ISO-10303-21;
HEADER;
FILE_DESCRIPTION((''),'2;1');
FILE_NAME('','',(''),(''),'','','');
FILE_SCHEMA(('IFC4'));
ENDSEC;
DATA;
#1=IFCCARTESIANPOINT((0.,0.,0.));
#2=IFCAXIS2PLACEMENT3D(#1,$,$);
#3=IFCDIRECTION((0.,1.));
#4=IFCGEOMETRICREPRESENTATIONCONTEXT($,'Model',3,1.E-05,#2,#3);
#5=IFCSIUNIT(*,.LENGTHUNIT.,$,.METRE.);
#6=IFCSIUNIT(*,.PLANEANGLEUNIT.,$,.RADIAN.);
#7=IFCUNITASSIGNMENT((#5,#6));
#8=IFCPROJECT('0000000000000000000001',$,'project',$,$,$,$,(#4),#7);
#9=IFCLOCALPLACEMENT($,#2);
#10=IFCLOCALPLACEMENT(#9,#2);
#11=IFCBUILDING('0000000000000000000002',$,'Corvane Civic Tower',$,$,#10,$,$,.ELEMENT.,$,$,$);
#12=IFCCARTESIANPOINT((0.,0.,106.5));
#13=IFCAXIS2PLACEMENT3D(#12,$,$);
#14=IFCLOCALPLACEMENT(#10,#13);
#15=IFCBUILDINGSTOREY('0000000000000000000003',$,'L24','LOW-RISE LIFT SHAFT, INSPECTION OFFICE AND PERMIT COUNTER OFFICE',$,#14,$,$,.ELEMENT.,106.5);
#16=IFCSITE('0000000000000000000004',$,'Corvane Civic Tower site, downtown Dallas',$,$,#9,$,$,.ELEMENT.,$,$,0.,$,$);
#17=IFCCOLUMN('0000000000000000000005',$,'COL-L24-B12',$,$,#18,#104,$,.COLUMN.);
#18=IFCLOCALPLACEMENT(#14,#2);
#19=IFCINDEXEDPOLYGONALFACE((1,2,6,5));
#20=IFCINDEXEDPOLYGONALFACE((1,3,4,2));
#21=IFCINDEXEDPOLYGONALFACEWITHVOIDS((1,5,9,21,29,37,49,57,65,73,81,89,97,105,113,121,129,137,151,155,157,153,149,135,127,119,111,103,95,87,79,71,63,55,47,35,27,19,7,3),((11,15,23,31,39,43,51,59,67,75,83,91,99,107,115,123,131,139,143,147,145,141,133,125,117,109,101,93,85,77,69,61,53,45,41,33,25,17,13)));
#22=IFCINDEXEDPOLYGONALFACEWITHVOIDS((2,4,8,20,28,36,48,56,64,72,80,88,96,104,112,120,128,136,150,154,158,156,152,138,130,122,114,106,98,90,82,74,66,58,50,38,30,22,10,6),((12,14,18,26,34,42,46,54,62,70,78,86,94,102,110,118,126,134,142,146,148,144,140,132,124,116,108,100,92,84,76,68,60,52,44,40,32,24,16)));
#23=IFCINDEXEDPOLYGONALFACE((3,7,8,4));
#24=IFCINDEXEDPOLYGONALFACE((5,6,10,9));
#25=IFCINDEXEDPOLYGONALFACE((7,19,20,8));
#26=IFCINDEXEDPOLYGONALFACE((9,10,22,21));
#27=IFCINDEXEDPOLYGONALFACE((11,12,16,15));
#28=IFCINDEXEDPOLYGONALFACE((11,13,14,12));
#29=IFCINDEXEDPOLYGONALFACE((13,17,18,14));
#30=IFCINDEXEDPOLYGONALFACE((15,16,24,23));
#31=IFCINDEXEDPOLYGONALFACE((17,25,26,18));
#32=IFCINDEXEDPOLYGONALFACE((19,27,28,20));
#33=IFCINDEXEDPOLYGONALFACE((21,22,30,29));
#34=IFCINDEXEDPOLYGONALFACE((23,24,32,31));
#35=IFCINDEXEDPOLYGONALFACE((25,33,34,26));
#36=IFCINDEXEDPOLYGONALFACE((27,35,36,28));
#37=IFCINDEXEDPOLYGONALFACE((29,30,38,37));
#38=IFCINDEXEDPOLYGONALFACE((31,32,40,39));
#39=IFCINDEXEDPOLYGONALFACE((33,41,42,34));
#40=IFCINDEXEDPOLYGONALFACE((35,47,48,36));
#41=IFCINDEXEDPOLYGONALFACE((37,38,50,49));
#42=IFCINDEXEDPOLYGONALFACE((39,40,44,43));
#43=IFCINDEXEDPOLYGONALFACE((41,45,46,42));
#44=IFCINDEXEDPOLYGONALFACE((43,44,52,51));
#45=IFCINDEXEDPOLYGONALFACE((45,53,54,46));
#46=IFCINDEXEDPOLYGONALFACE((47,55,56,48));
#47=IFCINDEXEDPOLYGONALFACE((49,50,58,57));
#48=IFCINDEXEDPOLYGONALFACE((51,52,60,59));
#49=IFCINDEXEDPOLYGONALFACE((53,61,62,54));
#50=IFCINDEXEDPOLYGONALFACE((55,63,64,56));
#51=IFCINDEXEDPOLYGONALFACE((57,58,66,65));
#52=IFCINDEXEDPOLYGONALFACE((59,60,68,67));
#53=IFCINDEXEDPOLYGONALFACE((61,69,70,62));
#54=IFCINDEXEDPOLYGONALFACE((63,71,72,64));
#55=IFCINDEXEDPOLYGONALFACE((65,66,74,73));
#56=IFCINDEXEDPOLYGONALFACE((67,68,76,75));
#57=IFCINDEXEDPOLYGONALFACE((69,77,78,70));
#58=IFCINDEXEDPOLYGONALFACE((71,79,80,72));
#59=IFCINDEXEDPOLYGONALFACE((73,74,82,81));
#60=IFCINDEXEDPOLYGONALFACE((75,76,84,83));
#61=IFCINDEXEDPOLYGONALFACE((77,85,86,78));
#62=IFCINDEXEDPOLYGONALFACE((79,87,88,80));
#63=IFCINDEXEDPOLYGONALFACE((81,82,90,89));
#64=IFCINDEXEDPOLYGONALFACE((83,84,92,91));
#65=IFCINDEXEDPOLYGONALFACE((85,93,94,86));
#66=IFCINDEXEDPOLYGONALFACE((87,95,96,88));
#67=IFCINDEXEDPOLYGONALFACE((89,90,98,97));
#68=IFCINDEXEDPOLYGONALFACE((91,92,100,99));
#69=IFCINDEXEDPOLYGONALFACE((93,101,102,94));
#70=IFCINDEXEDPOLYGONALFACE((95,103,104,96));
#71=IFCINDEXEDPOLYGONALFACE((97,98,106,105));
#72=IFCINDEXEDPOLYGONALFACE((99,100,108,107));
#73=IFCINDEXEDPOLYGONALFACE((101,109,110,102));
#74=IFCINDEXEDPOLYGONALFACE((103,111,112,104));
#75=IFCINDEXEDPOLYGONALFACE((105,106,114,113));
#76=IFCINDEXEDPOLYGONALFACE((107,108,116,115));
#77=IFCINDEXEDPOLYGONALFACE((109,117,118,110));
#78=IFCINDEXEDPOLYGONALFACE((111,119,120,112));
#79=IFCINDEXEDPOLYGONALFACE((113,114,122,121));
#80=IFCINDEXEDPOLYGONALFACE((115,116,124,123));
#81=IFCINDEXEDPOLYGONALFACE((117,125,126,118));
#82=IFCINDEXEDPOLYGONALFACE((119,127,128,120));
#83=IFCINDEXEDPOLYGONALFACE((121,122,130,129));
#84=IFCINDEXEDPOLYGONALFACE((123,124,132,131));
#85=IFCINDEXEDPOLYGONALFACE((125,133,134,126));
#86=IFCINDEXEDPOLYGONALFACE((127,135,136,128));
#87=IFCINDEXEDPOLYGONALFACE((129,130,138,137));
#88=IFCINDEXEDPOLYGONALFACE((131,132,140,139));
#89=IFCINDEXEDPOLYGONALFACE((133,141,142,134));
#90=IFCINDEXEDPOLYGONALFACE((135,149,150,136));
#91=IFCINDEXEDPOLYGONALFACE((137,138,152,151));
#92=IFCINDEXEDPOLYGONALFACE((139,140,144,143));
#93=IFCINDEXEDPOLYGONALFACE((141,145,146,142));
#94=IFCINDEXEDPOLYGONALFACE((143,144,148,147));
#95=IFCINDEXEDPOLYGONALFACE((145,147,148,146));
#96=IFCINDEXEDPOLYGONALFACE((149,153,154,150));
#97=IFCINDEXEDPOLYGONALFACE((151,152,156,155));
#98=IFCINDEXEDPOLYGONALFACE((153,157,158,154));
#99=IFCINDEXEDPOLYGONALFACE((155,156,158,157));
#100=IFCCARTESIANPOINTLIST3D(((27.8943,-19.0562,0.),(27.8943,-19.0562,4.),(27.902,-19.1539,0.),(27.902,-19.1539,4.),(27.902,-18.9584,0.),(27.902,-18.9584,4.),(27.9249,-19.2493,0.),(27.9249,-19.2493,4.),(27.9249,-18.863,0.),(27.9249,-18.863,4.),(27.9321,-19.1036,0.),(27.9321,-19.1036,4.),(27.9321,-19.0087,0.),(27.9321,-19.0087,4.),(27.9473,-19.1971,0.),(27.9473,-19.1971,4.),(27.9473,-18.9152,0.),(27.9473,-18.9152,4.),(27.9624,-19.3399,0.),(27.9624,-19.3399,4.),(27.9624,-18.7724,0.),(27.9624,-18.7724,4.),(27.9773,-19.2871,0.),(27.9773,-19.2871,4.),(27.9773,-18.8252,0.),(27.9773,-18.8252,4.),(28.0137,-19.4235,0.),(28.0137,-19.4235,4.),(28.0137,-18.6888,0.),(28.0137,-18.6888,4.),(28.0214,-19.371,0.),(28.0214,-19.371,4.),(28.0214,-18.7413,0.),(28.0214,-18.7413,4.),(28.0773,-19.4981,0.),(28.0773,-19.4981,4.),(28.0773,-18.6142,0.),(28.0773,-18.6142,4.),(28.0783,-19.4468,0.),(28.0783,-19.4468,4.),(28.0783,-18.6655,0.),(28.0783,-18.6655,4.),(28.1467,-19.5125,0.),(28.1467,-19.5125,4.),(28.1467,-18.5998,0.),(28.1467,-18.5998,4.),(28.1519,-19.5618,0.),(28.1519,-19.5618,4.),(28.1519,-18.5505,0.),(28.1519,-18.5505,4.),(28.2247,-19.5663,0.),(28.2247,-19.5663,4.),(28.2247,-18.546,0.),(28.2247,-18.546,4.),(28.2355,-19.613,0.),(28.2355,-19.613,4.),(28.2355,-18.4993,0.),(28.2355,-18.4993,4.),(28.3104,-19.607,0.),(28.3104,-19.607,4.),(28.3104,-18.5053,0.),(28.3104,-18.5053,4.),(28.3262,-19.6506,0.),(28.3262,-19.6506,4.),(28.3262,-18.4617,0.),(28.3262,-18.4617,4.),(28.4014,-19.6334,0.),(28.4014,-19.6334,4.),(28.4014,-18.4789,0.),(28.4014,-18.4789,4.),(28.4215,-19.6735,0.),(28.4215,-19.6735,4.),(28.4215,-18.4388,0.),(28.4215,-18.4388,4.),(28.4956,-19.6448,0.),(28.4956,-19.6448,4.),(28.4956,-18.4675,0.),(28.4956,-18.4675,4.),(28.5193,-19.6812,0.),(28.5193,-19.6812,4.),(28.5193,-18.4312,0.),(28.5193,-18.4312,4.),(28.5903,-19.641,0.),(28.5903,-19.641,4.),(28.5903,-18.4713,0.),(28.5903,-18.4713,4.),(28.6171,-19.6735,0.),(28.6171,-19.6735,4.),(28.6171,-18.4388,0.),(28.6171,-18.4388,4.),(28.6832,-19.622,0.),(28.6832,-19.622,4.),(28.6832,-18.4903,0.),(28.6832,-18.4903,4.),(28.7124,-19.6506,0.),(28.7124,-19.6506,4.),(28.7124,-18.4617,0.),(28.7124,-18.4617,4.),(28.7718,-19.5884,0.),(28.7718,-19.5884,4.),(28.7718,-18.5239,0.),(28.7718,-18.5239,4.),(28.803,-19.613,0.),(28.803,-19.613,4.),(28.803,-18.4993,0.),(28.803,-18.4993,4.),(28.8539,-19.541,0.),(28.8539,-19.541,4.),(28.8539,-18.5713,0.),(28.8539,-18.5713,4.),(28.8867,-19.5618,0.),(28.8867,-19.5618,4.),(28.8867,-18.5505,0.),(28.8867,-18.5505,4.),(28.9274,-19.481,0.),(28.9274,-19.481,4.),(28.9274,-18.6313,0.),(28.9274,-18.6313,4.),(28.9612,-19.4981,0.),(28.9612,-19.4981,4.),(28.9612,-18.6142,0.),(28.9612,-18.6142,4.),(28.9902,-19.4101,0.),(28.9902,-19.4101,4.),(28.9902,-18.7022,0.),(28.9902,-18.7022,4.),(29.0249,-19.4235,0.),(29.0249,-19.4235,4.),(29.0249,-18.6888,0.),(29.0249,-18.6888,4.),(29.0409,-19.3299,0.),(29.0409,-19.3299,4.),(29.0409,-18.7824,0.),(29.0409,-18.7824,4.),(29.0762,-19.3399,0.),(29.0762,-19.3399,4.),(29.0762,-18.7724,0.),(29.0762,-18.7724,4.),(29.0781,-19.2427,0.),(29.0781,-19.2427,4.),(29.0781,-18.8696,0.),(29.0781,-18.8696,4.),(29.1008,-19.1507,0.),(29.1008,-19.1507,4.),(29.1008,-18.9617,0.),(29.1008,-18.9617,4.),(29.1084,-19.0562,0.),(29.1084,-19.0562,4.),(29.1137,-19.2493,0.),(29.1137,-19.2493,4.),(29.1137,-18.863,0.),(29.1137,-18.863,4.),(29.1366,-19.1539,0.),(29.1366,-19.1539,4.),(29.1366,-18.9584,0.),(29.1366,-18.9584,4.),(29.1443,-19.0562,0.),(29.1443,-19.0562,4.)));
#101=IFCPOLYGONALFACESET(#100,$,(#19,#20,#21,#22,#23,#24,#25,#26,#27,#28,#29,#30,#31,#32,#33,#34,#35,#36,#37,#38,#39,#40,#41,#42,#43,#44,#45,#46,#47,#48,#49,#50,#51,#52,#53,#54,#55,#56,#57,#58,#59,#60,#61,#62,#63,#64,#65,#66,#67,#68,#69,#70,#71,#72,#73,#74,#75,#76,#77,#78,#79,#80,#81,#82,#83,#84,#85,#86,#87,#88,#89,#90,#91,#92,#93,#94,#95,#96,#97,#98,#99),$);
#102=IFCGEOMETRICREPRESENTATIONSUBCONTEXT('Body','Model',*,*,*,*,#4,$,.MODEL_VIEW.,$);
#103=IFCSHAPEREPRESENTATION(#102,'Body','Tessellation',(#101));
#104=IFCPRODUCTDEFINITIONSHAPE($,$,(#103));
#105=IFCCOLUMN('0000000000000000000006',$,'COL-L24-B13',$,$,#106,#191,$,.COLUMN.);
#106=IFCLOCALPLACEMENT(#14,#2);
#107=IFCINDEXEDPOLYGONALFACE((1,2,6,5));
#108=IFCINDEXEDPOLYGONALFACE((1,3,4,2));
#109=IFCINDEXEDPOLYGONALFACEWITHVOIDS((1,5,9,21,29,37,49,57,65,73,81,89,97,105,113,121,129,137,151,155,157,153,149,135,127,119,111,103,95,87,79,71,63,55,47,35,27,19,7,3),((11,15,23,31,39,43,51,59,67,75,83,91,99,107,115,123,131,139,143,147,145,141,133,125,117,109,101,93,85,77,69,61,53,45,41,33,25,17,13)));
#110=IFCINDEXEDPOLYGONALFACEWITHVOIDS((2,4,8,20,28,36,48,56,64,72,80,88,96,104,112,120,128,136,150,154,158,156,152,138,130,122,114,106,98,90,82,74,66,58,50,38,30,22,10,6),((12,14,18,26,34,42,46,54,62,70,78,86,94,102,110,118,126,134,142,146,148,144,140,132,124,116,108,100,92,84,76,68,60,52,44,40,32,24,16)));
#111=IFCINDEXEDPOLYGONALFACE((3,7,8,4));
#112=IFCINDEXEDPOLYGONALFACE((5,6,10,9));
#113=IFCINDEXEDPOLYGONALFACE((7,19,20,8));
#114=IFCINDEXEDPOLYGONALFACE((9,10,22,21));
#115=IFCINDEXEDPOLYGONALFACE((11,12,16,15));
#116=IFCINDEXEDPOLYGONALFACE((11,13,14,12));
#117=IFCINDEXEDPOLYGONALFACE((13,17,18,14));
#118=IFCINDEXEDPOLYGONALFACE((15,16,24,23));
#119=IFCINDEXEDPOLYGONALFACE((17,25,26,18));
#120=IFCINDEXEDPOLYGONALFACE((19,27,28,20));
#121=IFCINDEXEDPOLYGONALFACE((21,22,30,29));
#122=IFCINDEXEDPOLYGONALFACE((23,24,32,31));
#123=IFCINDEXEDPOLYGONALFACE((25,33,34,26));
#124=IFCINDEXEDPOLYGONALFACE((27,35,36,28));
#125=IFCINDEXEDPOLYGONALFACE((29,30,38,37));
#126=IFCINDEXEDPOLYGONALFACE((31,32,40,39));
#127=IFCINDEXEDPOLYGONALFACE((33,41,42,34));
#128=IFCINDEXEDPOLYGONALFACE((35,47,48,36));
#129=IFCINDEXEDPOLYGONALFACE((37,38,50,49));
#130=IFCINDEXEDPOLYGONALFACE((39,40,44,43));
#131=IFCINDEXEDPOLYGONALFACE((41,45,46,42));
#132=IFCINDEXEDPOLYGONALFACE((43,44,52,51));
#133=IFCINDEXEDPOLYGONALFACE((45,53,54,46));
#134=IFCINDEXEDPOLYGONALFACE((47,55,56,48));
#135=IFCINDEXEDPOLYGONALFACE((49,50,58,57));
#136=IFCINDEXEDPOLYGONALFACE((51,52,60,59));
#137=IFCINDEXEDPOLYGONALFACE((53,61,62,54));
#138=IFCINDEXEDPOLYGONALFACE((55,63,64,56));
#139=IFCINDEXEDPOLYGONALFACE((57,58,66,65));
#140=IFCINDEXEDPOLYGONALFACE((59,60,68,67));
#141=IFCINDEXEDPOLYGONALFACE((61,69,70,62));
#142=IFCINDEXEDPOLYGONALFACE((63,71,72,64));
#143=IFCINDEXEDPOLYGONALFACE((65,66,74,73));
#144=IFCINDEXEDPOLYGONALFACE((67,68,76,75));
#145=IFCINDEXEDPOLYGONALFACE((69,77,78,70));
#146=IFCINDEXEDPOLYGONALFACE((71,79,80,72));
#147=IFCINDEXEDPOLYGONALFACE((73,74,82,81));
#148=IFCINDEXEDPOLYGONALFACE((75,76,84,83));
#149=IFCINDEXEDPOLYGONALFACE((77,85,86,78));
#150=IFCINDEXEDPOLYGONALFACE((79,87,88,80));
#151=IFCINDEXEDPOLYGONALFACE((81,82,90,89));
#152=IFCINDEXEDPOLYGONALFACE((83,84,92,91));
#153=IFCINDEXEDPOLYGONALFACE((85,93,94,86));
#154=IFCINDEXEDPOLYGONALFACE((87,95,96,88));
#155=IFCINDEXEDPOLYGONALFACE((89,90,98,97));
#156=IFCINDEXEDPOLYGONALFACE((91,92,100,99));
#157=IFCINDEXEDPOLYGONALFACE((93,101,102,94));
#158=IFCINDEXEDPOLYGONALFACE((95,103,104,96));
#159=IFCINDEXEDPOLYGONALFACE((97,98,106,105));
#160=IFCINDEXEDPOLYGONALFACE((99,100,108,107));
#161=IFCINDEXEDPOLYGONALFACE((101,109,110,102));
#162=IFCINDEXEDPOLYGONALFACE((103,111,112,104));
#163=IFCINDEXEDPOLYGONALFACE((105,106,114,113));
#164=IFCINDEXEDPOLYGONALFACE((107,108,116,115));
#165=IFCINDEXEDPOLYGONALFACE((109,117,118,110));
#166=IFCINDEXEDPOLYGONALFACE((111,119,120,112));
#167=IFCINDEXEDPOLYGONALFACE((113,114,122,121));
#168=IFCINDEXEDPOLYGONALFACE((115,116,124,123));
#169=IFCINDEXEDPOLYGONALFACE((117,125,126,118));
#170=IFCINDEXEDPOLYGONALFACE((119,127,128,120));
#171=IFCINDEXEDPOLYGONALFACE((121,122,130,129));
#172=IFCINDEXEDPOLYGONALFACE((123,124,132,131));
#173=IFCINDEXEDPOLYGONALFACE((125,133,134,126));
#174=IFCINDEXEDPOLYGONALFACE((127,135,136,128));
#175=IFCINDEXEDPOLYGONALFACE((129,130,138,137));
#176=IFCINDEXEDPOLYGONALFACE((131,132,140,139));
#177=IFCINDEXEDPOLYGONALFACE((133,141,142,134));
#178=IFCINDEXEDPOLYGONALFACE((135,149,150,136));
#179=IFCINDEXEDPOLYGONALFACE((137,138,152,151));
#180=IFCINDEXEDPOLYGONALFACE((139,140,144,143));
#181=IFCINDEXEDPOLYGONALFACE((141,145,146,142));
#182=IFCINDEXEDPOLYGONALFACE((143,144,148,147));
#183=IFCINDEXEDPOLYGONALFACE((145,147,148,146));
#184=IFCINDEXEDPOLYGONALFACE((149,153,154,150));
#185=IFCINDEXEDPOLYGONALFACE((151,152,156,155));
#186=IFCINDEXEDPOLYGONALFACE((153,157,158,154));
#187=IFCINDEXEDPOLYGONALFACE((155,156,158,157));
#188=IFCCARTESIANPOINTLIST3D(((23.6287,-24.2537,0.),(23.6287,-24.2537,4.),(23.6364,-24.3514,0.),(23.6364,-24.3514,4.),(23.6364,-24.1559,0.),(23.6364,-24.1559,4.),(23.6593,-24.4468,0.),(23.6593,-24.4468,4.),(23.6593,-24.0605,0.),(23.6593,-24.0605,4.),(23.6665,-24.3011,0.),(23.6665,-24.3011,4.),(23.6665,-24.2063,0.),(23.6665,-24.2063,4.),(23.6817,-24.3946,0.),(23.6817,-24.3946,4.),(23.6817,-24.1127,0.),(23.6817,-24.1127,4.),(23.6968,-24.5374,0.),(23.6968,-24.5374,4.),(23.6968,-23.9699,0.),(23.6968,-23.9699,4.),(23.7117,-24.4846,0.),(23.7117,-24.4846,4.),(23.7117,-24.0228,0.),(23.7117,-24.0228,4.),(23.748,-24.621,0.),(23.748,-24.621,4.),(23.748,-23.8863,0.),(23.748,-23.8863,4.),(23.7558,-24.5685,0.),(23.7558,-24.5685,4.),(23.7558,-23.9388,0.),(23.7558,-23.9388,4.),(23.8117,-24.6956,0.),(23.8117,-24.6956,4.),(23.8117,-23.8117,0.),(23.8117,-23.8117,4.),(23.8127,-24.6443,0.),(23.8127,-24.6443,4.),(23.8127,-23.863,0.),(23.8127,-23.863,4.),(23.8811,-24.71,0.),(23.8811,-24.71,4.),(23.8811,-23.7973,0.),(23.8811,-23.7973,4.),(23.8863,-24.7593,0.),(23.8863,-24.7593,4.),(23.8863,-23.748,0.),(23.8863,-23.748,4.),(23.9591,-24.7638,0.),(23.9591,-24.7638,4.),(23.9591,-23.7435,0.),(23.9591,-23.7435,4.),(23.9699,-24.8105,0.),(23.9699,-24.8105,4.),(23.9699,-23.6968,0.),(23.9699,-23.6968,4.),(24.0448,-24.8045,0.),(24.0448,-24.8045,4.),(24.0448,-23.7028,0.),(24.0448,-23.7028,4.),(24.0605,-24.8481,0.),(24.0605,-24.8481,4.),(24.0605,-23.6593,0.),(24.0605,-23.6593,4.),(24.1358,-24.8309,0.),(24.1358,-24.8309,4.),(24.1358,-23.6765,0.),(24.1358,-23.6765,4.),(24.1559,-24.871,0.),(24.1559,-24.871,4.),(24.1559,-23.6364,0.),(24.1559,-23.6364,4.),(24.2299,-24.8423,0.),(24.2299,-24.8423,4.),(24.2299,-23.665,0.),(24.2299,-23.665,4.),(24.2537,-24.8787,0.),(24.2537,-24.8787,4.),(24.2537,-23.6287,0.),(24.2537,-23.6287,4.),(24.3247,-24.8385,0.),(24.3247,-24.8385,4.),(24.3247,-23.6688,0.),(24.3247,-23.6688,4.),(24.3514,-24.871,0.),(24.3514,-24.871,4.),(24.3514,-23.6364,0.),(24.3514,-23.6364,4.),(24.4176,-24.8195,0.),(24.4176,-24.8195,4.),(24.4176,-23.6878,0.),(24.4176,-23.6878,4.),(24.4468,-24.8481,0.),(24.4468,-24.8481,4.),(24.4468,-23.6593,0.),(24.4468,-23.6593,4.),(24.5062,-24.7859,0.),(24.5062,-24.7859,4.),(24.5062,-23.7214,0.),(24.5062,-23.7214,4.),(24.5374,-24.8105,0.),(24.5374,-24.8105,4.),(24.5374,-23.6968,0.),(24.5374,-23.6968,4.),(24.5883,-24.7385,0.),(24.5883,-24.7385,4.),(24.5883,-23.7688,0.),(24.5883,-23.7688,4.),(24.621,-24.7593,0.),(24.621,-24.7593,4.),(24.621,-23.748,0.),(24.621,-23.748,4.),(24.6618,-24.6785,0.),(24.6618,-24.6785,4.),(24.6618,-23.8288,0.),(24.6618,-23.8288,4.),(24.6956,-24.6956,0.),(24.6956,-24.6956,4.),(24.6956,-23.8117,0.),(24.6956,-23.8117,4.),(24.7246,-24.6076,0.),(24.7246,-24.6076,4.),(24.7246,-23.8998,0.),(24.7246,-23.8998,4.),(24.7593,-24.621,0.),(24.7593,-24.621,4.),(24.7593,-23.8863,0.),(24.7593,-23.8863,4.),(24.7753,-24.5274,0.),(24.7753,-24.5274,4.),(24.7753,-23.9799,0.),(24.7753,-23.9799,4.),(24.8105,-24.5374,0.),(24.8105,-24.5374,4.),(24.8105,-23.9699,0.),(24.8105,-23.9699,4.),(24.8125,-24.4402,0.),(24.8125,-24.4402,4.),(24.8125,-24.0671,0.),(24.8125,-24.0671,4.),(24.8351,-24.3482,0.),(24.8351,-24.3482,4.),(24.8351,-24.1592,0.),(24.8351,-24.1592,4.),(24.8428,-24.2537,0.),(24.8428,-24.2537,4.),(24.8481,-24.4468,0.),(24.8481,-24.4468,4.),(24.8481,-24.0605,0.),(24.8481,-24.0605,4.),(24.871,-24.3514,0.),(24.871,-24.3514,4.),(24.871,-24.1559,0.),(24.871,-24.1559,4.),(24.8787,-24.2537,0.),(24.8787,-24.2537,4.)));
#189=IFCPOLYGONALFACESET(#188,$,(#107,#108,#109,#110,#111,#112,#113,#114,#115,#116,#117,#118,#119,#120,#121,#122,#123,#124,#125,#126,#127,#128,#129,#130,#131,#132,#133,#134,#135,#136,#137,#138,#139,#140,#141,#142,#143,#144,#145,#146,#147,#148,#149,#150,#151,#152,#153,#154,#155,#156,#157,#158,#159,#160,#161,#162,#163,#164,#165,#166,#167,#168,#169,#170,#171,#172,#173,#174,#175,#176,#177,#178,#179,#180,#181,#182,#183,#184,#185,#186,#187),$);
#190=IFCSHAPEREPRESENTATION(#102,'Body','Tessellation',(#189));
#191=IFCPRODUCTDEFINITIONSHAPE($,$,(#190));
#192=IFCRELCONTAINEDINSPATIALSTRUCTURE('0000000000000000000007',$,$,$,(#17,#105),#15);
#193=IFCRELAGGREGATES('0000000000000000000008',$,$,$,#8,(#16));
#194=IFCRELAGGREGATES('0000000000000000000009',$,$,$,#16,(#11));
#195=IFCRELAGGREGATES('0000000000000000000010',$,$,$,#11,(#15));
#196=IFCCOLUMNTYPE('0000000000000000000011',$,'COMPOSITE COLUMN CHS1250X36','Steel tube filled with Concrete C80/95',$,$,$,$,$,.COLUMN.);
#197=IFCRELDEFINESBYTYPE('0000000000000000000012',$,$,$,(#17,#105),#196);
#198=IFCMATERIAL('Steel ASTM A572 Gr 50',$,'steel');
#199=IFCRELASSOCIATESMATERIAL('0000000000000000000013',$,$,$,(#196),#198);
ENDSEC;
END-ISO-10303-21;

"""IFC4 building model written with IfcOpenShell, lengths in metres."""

from ifc_helpers import new_model, si_unit, direction, frame, origin, origin_2d, place, context, subcontext, project, spatial, hollow_circle, extrude, material, material_profile, profile_set, type_object, element, save


model = new_model("IFC4")

# Units and contexts
model_context = context("Model", 3, precision=1e-05, world=origin(), true_north=direction((0.0, 1.0)))
body_context = subcontext(model_context, "Body", "Model", "MODEL_VIEW")
ifc_project = project(units=[si_unit("LENGTHUNIT", "METRE"), si_unit("PLANEANGLEUNIT", "RADIAN")], contexts=[model_context])

# Site, building, storey
site_placement = place(None, origin())
site = spatial("IfcSite", under=ifc_project, at=site_placement, Name="Corvane Civic Tower site, downtown Dallas", CompositionType="ELEMENT", RefElevation=0.0)
building_placement = place(site_placement, origin())
building = spatial("IfcBuilding", under=site, at=building_placement, Name="Corvane Civic Tower", CompositionType="ELEMENT")
storey_placement = place(building_placement, frame((0.0, 0.0, 106.5)))
storey = spatial("IfcBuildingStorey", under=building, at=storey_placement, Name="L24", Description="LOW-RISE LIFT SHAFT, INSPECTION OFFICE AND PERMIT COUNTER OFFICE", CompositionType="ELEMENT", Elevation=106.5)

# Columns
ifc_material_1 = material(Name="Steel ASTM A572 Gr 50", Category="steel")
ifc_material_profile_1 = material_profile(ifc_material_1, hollow_circle(Radius=0.625, WallThickness=0.0359, at=origin_2d()), Name="CHS1250X36")
ifc_profile_set_1 = profile_set([ifc_material_profile_1], Name="Steel ASTM A572 Gr 50")
column_type = type_object("IfcColumnType", Name="COMPOSITE COLUMN CHS1250X36", Description="Steel tube filled with Concrete C80/95", PredefinedType="COLUMN", material=ifc_profile_set_1)
for number, where, z_axis, x_axis, name in (
    (1, (28.5193, -19.0562, 0.0), (0.0, 0.0, 1.0), (1.0, 0.0, 0.0), "COL-L24-B12"),
    (2, (24.2537, -24.2537, 0.0), (0.0, 0.0, 1.0), (1.0, 0.0, 0.0), "COL-L24-B13"),
):
    element("IfcColumn", number, at=place(storey_placement, frame(where, z_axis=z_axis, x_axis=x_axis)), inside=storey, type_object=column_type, Name=name, PredefinedType="COLUMN", context=body_context, shape_type="SweptSolid", body=[
        extrude(hollow_circle(Radius=0.625, WallThickness=0.0359, at=origin_2d()), origin(), (0.0, 0.0, 1.0), 4.0),
    ])

save(model, "model.ifc")
